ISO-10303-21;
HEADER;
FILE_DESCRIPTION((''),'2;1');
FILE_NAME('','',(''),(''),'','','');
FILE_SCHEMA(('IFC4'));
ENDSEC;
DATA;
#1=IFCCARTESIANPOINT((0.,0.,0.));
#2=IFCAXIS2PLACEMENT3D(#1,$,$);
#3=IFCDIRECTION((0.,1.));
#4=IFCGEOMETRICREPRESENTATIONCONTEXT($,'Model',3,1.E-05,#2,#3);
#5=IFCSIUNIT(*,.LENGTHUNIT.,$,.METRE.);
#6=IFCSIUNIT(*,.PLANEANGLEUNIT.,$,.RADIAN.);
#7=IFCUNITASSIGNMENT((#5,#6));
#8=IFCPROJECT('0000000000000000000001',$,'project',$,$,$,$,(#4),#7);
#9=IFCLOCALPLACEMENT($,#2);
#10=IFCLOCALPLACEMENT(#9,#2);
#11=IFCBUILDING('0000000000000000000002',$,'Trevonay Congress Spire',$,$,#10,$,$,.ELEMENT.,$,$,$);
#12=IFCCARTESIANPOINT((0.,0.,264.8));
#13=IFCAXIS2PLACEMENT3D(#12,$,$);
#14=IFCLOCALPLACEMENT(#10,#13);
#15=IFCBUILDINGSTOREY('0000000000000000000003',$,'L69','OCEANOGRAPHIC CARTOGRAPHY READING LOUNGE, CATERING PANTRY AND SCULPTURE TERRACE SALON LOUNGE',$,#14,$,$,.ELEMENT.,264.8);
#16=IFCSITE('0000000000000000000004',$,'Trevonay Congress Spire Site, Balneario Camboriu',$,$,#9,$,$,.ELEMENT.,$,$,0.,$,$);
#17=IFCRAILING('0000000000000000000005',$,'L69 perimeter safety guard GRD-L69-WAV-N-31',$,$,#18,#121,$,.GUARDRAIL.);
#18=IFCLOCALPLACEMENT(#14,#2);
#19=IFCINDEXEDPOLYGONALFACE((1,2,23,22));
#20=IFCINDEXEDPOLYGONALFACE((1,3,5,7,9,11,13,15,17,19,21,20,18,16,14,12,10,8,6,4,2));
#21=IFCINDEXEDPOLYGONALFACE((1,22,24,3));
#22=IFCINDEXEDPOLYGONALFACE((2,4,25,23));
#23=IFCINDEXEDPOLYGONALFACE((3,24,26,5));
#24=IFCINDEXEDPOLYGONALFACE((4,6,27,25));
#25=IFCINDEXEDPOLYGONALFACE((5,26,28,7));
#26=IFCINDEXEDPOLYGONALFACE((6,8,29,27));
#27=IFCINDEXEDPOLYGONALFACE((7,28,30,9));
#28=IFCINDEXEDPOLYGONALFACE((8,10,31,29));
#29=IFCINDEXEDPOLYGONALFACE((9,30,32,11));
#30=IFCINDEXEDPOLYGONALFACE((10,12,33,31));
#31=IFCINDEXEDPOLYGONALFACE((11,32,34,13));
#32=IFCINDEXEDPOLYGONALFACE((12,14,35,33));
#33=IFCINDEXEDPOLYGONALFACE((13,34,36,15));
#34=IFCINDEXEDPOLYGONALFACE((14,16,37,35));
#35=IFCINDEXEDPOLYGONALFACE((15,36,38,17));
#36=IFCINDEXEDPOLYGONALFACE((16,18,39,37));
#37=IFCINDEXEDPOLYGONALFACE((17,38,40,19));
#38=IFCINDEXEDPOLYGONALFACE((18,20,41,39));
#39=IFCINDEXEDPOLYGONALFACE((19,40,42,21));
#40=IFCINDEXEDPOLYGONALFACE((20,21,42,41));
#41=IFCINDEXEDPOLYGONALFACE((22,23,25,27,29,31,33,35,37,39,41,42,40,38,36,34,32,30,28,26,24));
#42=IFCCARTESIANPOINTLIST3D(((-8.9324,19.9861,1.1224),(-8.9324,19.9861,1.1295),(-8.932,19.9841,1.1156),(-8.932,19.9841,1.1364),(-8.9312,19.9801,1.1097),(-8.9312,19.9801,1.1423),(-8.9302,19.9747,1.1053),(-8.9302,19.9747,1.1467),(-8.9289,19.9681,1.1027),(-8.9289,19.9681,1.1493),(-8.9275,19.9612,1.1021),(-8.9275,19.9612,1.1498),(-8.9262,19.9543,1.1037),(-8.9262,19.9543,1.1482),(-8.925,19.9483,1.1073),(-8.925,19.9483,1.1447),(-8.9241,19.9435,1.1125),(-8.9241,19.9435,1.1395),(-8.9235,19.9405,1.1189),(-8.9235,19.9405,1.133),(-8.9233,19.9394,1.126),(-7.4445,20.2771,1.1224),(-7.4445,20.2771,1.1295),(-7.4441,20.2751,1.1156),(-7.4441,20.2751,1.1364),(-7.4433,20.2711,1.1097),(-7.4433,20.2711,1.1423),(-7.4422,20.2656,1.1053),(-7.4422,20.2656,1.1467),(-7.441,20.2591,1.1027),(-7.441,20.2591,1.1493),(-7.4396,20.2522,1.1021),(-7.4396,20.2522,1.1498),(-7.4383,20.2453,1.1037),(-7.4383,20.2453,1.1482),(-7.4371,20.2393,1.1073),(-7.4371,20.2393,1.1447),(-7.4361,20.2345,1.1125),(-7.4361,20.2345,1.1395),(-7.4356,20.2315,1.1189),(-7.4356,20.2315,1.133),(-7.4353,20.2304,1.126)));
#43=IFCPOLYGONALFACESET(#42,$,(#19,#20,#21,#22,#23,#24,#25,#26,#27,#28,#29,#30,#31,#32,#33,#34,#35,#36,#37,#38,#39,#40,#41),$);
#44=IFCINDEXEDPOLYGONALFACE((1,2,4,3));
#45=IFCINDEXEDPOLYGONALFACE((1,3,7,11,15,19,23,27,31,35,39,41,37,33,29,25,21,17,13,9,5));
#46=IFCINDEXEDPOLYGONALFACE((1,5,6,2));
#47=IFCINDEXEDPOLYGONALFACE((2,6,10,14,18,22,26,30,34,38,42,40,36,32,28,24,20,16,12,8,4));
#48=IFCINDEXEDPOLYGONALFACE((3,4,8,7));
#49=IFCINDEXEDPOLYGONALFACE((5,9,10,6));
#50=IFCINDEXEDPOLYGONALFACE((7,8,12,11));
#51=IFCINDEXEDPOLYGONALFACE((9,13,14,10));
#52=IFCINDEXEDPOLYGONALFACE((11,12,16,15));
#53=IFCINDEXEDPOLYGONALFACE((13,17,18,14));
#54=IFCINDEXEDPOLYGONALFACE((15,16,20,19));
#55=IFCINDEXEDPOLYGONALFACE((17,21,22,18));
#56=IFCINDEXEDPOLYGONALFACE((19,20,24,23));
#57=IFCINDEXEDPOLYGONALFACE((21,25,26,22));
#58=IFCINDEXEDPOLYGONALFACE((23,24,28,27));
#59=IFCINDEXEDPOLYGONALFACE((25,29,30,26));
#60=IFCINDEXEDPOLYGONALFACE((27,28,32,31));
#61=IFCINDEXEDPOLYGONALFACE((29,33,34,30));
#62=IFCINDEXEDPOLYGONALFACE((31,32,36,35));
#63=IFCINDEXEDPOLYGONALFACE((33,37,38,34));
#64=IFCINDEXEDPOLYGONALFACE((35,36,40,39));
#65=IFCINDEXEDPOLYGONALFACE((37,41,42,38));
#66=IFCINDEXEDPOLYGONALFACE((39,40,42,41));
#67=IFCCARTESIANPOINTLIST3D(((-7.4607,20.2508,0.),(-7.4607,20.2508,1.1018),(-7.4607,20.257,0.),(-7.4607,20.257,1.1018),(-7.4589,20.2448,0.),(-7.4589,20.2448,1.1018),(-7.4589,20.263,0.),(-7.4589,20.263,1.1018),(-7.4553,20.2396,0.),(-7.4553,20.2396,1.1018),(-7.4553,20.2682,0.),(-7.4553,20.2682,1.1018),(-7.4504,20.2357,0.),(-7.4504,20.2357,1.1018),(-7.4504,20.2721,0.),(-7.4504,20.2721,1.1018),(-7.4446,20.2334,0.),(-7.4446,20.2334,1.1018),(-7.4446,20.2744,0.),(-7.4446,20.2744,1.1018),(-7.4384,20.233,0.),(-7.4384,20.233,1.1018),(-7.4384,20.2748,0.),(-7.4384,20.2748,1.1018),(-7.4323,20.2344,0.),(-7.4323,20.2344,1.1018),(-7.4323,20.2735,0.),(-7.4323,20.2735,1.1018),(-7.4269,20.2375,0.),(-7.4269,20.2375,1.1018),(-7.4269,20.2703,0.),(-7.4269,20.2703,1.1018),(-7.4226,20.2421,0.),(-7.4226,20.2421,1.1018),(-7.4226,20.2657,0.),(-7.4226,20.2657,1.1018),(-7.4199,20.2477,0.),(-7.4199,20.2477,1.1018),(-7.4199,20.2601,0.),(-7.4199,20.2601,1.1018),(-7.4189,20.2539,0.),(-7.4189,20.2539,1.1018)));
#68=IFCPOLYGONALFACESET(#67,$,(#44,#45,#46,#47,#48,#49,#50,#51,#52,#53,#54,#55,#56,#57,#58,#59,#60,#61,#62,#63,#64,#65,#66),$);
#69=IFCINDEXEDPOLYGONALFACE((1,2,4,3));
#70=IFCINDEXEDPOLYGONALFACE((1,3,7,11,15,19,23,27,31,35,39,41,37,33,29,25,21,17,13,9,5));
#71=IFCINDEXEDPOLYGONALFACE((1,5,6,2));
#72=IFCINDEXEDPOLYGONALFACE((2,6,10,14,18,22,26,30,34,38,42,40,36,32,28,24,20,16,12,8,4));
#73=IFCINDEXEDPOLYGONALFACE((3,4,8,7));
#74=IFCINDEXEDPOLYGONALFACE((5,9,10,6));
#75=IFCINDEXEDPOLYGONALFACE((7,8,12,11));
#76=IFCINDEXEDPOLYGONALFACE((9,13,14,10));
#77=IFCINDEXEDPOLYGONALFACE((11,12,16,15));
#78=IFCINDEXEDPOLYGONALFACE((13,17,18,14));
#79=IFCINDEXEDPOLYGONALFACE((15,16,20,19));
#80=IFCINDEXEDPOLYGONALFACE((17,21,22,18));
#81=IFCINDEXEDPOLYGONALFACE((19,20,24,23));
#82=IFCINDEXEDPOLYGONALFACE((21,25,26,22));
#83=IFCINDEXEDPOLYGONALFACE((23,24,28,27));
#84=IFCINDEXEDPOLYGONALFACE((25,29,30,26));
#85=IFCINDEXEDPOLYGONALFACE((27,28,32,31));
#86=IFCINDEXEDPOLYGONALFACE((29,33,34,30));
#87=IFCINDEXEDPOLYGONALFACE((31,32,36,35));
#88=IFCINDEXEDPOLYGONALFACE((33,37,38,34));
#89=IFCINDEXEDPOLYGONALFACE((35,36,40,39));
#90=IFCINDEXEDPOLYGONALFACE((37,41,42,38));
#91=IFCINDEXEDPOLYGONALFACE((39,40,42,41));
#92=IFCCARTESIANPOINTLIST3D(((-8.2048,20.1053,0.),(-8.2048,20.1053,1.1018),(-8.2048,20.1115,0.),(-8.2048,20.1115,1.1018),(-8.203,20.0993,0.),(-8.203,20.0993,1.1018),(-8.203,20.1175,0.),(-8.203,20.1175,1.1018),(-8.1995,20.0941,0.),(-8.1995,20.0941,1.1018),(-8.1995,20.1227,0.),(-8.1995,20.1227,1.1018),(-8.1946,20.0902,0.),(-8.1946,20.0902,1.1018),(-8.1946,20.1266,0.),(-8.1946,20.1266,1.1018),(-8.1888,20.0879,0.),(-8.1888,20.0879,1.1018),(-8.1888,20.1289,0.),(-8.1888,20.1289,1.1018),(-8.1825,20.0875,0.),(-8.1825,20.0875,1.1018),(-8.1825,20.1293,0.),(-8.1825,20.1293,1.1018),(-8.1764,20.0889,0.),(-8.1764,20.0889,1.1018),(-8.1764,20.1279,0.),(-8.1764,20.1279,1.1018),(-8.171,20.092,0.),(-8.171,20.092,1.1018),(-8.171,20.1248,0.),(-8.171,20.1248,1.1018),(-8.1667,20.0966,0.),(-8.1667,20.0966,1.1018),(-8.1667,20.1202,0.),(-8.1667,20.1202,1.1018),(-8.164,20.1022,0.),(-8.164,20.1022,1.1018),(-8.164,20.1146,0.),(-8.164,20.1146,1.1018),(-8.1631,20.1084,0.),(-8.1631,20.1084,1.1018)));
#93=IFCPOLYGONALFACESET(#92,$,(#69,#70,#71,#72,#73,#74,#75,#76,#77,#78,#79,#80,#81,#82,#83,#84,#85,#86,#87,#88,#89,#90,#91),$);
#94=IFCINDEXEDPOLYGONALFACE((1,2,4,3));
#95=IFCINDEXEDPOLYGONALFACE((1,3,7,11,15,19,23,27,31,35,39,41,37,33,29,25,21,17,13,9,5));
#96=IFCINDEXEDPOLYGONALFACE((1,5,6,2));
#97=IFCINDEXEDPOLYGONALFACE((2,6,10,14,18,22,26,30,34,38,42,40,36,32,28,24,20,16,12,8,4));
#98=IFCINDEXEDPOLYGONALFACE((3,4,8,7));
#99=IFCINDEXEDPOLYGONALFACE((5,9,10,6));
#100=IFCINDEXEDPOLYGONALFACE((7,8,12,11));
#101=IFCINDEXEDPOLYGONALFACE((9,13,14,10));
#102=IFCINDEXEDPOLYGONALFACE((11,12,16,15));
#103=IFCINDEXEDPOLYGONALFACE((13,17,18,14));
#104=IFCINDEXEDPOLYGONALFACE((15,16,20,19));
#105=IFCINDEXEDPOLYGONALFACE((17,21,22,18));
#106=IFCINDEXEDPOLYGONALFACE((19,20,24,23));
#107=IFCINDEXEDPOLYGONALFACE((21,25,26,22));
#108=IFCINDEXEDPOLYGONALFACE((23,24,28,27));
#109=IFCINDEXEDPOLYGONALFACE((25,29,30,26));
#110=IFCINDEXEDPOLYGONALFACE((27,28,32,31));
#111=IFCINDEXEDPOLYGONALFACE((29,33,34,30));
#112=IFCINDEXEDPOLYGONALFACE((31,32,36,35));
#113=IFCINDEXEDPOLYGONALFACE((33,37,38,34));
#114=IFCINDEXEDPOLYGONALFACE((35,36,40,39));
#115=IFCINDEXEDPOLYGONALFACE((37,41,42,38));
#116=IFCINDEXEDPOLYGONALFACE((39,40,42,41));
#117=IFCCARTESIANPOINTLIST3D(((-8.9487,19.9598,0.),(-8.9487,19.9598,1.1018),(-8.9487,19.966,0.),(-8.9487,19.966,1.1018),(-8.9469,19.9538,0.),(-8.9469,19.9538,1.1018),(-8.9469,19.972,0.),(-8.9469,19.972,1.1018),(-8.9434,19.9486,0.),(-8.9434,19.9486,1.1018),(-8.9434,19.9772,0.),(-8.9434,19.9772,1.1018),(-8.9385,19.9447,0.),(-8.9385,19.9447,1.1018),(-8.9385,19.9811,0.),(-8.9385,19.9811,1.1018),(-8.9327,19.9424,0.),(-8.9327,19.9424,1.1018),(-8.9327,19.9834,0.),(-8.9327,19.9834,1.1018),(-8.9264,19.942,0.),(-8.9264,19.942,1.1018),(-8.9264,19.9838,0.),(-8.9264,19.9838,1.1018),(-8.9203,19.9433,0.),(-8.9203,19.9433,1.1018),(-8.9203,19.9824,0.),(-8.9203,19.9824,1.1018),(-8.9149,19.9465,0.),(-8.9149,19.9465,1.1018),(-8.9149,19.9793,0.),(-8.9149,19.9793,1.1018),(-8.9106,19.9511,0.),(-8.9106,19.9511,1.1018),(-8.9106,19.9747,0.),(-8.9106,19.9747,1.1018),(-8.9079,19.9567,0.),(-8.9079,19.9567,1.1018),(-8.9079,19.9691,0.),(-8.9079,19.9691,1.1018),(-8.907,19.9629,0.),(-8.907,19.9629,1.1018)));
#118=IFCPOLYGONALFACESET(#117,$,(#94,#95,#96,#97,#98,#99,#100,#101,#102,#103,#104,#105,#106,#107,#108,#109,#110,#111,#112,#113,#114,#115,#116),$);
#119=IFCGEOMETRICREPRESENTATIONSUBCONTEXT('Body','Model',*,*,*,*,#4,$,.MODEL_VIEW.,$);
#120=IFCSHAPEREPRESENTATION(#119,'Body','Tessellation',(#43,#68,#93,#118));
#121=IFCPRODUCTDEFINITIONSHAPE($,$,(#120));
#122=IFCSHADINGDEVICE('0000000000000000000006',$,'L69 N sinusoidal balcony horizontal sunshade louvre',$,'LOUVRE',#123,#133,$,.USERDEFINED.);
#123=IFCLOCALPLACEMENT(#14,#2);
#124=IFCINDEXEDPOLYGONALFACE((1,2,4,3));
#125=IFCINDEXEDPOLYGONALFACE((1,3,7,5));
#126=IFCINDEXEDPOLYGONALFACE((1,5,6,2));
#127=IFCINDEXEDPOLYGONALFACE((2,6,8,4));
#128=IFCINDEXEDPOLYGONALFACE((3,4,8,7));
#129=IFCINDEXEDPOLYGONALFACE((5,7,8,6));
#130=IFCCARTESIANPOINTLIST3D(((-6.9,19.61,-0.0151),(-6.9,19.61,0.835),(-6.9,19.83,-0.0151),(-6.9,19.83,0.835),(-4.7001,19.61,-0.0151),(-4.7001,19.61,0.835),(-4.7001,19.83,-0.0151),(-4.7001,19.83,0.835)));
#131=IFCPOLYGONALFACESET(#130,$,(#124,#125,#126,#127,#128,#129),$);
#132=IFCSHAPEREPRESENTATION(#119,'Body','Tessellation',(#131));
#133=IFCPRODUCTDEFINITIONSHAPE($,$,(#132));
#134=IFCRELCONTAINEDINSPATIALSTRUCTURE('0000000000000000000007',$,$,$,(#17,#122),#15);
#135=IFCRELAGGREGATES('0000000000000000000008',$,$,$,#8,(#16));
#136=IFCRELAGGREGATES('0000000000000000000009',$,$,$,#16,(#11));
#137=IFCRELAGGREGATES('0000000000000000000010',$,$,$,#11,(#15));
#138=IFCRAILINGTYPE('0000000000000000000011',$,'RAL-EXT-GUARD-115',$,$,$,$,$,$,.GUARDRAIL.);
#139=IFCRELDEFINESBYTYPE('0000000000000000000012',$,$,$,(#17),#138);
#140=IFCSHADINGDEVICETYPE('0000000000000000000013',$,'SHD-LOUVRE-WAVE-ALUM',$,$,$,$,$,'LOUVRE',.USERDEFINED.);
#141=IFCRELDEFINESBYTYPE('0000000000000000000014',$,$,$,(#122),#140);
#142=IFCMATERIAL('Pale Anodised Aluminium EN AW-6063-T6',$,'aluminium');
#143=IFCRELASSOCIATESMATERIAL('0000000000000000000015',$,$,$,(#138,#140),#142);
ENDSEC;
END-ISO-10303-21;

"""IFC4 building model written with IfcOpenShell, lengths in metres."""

from ifc_helpers import new_model, si_unit, direction, frame, origin, origin_2d, place, context, subcontext, project, spatial, rectangle, circle, extrude, material, type_object, element, save


model = new_model("IFC4")

# Units and contexts
model_context = context("Model", 3, precision=1e-05, world=origin(), true_north=direction((0.0, 1.0)))
body_context = subcontext(model_context, "Body", "Model", "MODEL_VIEW")
ifc_project = project(units=[si_unit("LENGTHUNIT", "METRE"), si_unit("PLANEANGLEUNIT", "RADIAN")], contexts=[model_context])

# Site, building, storey
site_placement = place(None, origin())
site = spatial("IfcSite", under=ifc_project, at=site_placement, Name="Trevonay Congress Spire Site, Balneario Camboriu", CompositionType="ELEMENT", RefElevation=0.0)
building_placement = place(site_placement, origin())
building = spatial("IfcBuilding", under=site, at=building_placement, Name="Trevonay Congress Spire", CompositionType="ELEMENT")
storey_placement = place(building_placement, frame((0.0, 0.0, 264.8)))
storey = spatial("IfcBuildingStorey", under=building, at=storey_placement, Name="L69", Description="OCEANOGRAPHIC CARTOGRAPHY READING LOUNGE, CATERING PANTRY AND SCULPTURE TERRACE SALON LOUNGE", CompositionType="ELEMENT", Elevation=264.8)

# Shared definitions
ifc_material_1 = material(Name="Pale Anodised Aluminium EN AW-6063-T6", Category="aluminium")

# Railing
railing_type = type_object("IfcRailingType", Name="RAL-EXT-GUARD-115", PredefinedType="GUARDRAIL", material=ifc_material_1)
railing_1_placement = place(storey_placement, frame((-7.4399, 20.2539, 0.0)))
element("IfcRailing", 1, at=railing_1_placement, inside=storey, type_object=railing_type, Name="L69 perimeter safety guard GRD-L69-WAV-N-31", PredefinedType="GUARDRAIL", context=body_context, shape_type="SweptSolid", body=[
    extrude(circle(Radius=0.0239, at=origin_2d()), frame((0.0, 0.0, 1.126), z_axis=(-0.981408, -0.191934, 0.0), x_axis=(0.191934, -0.981408, 0.0)), (0.0, 0.0, 1.0), 1.5161),
    extrude(circle(Radius=0.021, at=origin_2d()), origin(), (0.0, 0.0, 1.0), 1.1018),
    extrude(circle(Radius=0.021, at=origin_2d()), frame((-0.7441, -0.1455, 0.0)), (0.0, 0.0, 1.0), 1.1018),
    extrude(circle(Radius=0.021, at=origin_2d()), frame((-1.488, -0.291, 0.0)), (0.0, 0.0, 1.0), 1.1018),
])

# Shading device
shading_device_type = type_object("IfcShadingDeviceType", Name="SHD-LOUVRE-WAVE-ALUM", ElementType="LOUVRE", PredefinedType="USERDEFINED", material=ifc_material_1)
shading_device_placement = place(storey_placement, frame((-5.8, 19.72, -0.0151), z_axis=(0.0, 0.0, 1.0), x_axis=(1.0, 0.0, 0.0)))
element("IfcShadingDevice", 2, at=shading_device_placement, inside=storey, type_object=shading_device_type, Name="L69 N sinusoidal balcony horizontal sunshade louvre", ObjectType="LOUVRE", PredefinedType="USERDEFINED", context=body_context, shape_type="SweptSolid", body=[
    extrude(rectangle(XDim=2.2, YDim=0.22, at=origin_2d()), origin(), (0.0, 0.0, 1.0), 0.8501),
])

save(model, "model.ifc")
